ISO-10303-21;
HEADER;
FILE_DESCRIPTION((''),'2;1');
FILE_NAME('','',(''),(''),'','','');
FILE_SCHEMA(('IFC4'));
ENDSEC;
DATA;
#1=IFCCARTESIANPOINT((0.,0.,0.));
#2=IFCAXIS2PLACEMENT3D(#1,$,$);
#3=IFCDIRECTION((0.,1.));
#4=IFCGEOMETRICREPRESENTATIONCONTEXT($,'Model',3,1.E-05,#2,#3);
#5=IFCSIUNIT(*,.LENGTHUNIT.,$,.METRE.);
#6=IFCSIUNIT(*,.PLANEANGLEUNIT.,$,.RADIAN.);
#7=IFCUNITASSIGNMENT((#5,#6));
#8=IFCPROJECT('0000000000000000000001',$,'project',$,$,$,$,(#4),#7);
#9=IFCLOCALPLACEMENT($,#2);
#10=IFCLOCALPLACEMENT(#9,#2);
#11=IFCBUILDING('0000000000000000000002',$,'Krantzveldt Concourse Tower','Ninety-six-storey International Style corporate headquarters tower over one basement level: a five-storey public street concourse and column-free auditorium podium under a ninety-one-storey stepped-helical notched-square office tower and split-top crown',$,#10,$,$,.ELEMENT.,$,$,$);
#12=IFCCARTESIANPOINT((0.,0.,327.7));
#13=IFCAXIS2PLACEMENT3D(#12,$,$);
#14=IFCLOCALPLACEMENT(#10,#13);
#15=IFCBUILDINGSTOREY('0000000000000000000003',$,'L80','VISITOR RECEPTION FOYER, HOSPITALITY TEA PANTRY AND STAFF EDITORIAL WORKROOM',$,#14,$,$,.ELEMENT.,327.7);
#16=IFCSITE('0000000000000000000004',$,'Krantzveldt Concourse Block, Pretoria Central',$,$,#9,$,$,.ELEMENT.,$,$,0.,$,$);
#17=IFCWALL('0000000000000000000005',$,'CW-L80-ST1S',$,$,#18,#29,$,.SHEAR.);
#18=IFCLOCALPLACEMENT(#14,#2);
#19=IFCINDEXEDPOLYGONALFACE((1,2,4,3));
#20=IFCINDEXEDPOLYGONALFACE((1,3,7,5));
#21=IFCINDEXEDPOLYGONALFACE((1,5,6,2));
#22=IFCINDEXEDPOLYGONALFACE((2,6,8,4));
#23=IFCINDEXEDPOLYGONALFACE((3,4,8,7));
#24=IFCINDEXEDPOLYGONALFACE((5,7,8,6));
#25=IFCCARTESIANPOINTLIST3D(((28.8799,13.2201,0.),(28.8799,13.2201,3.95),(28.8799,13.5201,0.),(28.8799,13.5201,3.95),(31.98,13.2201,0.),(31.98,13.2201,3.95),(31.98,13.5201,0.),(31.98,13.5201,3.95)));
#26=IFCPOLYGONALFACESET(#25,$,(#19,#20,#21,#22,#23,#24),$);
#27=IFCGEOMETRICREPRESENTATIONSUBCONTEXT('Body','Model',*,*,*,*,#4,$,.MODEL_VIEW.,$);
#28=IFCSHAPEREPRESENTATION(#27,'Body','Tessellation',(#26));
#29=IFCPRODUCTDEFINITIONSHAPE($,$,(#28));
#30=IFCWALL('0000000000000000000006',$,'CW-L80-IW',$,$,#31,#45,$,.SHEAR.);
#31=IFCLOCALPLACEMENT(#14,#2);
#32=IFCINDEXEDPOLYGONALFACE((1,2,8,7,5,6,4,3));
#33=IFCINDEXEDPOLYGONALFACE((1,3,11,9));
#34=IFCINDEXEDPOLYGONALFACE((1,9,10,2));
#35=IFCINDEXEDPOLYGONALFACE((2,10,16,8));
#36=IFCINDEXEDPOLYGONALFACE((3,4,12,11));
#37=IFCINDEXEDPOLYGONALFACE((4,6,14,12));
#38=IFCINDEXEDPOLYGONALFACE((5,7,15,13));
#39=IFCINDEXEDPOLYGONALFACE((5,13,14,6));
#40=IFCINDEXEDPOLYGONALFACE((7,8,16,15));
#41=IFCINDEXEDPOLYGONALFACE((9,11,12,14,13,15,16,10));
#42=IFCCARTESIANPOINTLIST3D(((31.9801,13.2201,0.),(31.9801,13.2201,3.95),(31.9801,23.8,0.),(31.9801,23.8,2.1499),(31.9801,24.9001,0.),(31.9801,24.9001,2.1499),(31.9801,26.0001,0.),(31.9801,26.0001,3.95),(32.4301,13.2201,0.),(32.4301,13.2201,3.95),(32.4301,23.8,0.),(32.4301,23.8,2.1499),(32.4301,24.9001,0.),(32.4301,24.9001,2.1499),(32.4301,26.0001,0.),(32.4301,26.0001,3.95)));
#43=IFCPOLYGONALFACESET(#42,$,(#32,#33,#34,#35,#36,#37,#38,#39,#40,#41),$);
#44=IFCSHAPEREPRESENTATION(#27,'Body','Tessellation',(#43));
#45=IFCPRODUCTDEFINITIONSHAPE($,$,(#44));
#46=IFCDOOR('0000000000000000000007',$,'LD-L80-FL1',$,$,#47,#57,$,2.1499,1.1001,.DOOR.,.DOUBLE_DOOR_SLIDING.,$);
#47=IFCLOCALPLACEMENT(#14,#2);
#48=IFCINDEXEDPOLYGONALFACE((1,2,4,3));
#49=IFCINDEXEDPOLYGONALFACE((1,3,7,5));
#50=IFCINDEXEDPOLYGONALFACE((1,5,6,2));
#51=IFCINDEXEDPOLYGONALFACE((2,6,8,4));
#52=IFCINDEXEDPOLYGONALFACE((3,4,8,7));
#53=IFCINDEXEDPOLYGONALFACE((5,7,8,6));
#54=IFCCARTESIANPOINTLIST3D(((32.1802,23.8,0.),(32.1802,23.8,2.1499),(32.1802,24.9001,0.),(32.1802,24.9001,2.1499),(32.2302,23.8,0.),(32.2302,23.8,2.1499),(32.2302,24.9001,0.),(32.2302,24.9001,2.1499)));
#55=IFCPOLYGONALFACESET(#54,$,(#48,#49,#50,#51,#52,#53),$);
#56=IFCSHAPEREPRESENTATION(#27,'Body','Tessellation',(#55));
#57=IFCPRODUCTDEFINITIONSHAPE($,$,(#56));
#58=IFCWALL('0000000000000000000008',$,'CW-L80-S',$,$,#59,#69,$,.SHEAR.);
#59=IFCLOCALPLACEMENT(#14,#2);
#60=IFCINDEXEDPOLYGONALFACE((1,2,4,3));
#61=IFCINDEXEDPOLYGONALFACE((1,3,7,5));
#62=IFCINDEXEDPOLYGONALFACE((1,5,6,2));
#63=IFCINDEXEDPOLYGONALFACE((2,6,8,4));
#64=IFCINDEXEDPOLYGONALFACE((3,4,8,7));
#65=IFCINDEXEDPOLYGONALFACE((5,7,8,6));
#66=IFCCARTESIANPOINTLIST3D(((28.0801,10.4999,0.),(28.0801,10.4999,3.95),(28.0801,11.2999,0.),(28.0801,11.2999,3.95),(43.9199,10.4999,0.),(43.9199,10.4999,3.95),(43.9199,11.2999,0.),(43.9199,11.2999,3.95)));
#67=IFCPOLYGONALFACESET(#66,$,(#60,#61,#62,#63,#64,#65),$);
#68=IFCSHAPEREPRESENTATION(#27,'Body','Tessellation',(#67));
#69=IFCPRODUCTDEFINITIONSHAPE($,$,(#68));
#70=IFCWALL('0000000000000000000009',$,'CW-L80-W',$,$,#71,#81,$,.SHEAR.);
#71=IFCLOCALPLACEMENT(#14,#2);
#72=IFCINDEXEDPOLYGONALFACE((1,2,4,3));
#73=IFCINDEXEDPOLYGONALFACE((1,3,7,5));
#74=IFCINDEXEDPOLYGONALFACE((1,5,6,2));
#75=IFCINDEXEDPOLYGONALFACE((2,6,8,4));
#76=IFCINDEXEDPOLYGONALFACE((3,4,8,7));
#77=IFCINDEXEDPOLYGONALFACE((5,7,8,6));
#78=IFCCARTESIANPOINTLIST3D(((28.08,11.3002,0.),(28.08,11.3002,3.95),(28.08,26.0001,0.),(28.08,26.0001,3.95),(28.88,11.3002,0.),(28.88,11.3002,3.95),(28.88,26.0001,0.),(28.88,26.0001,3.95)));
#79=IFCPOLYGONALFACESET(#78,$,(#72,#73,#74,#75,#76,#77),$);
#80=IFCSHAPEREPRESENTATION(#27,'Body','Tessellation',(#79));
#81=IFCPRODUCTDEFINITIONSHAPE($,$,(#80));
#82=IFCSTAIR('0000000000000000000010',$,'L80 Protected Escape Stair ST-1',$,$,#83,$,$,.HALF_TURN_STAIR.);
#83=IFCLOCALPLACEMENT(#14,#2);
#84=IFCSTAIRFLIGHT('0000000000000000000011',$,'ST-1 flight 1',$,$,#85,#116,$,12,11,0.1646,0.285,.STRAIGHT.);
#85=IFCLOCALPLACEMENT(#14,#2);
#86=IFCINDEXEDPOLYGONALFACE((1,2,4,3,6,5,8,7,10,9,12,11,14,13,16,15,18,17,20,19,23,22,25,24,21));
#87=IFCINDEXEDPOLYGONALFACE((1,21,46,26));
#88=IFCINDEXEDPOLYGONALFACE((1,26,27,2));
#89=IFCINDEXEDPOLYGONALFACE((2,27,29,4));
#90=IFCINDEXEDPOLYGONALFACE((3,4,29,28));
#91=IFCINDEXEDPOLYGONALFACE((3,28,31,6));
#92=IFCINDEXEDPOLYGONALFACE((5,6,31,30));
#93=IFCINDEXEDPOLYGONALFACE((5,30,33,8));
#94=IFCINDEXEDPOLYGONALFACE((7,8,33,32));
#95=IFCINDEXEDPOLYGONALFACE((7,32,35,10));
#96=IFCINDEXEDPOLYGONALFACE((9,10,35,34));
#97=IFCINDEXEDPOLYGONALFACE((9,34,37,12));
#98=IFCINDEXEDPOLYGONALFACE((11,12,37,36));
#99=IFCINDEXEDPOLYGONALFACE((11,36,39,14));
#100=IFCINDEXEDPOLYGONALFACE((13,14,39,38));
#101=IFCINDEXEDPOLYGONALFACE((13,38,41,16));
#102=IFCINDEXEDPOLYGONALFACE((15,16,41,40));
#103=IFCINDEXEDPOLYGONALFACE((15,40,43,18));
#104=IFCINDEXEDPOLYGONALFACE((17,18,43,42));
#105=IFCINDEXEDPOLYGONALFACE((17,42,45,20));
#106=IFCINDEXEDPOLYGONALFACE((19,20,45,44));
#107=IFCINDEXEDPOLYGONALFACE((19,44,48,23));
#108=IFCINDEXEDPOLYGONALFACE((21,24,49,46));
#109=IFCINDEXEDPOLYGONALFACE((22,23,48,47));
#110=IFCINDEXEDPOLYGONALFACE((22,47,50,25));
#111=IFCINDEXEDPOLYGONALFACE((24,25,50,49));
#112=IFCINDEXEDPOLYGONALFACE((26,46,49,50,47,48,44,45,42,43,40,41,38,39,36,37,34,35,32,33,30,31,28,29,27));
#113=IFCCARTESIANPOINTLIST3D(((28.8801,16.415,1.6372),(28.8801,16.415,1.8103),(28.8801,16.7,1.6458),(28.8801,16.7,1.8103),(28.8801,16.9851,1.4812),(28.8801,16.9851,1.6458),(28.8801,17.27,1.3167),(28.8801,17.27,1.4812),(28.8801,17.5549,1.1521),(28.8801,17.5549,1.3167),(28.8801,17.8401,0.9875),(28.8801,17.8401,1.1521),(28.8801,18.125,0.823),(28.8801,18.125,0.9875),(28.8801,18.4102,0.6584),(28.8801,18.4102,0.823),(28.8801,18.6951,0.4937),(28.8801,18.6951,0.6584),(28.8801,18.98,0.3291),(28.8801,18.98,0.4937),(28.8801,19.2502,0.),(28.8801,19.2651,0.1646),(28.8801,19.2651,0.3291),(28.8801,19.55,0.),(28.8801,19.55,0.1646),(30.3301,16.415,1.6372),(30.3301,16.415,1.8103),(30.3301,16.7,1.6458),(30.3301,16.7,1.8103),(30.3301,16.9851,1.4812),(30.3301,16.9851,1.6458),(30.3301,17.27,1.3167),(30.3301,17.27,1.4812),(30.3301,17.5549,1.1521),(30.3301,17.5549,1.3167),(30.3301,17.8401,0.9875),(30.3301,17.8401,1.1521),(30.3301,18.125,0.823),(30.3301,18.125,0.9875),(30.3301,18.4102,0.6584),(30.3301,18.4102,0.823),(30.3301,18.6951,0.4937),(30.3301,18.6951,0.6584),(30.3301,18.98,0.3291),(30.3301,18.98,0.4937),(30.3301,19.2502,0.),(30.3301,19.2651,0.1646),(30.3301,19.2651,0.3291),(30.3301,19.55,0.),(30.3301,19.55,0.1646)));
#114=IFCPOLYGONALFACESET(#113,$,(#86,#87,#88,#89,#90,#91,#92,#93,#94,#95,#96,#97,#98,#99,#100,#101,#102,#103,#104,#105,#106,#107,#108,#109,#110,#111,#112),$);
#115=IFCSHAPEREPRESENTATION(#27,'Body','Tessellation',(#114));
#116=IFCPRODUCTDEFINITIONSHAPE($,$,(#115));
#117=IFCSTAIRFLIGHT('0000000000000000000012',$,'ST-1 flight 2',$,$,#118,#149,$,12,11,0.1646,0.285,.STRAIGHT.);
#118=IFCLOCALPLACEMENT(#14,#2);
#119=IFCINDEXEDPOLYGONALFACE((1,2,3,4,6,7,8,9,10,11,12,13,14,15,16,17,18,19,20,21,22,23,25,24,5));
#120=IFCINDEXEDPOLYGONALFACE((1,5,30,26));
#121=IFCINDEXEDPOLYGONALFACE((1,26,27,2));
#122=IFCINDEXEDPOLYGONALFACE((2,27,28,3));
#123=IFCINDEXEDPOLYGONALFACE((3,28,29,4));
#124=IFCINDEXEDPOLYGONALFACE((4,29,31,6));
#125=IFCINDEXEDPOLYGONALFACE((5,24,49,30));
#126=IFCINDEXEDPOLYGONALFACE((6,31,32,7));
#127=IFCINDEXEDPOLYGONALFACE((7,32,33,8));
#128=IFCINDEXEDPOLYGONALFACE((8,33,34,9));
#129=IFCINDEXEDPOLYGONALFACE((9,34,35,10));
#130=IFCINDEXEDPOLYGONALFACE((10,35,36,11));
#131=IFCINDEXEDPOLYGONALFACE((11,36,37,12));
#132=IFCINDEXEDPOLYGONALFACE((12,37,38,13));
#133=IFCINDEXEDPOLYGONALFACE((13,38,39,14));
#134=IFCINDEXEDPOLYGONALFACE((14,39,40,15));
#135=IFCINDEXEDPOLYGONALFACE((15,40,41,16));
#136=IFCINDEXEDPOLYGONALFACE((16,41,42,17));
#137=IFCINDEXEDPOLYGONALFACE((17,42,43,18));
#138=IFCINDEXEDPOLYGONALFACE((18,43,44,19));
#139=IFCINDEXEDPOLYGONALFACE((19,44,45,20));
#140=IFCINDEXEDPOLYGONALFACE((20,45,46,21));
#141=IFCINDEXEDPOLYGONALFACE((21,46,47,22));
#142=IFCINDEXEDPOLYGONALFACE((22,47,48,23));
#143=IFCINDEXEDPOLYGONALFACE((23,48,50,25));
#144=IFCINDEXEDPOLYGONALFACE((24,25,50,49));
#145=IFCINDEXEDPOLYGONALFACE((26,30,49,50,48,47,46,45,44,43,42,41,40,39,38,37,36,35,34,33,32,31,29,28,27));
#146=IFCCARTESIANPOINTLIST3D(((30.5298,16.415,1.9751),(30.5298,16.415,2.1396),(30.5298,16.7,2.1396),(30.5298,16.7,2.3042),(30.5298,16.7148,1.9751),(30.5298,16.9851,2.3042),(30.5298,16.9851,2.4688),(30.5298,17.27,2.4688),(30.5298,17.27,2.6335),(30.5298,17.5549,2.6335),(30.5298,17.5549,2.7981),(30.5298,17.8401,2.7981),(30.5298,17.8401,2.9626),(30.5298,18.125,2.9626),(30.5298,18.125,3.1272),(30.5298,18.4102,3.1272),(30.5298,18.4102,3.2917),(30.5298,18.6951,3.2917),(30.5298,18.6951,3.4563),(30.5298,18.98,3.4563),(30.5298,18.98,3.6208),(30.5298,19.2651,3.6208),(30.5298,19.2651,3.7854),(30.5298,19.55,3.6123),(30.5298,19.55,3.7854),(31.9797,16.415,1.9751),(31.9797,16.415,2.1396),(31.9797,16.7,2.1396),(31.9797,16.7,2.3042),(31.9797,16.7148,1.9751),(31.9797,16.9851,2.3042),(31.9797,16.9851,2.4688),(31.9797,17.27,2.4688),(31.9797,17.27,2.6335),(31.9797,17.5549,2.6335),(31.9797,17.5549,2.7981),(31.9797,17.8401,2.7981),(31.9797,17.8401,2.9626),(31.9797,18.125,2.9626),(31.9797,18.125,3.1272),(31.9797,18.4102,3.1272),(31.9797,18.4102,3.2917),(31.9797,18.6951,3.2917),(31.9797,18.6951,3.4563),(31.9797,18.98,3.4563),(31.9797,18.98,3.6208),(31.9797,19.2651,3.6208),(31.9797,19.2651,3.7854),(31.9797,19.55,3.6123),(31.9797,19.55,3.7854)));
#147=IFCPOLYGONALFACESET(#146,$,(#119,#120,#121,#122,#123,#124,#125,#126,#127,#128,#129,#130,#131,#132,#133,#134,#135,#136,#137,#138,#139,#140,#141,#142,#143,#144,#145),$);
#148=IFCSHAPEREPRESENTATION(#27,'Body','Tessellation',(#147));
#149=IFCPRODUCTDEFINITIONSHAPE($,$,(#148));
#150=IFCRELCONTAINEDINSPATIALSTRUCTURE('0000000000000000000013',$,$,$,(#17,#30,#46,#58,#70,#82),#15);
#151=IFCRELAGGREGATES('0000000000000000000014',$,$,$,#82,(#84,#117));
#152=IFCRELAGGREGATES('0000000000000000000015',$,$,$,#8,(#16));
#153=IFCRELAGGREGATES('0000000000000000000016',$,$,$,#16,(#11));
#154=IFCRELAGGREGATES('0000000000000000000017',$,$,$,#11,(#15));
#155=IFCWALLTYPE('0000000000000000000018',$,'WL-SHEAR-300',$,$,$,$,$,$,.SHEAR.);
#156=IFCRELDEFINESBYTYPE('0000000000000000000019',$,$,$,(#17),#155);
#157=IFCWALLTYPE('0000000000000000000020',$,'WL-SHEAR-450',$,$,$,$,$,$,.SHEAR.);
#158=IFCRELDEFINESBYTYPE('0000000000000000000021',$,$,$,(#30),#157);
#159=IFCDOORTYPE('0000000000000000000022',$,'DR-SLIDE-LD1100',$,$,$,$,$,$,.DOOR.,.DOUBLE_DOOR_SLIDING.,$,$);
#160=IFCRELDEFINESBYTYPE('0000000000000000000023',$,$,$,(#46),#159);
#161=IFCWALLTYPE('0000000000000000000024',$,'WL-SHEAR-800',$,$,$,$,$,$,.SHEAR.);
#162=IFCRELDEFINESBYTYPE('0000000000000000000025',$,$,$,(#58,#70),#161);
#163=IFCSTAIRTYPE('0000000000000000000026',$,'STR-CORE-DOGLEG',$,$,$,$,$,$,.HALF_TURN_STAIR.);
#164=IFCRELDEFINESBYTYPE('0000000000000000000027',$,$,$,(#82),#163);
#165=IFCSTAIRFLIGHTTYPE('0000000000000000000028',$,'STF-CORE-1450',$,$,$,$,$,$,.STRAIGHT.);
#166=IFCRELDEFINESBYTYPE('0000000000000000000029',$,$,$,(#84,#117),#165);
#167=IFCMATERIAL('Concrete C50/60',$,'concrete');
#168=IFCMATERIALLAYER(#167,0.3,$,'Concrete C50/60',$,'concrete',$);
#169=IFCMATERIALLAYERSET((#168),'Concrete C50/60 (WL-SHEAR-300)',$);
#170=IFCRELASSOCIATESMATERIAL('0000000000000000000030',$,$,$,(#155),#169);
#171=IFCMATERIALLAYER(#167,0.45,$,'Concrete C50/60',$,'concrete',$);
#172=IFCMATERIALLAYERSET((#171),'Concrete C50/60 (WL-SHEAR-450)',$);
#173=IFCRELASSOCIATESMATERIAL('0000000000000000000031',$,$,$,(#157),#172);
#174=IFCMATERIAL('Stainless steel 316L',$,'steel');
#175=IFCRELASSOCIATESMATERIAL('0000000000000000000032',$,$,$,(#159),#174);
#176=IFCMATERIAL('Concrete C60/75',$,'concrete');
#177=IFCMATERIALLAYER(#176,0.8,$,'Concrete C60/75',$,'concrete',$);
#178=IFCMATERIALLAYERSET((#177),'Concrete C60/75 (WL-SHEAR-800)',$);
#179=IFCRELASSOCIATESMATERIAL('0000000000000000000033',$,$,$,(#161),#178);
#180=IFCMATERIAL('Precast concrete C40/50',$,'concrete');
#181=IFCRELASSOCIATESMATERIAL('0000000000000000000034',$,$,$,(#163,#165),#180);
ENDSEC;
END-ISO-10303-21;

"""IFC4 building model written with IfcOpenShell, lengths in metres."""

from ifc_helpers import new_model, si_unit, direction, frame, frame_2d, origin, place, context, subcontext, project, spatial, polyline, rectangle, outline, extrude, material, layer, layer_set, type_object, element, fill, aggregate, save


model = new_model("IFC4")

# Units and contexts
model_context = context("Model", 3, precision=1e-05, world=origin(), true_north=direction((0.0, 1.0)))
body_context = subcontext(model_context, "Body", "Model", "MODEL_VIEW")
ifc_project = project(units=[si_unit("LENGTHUNIT", "METRE"), si_unit("PLANEANGLEUNIT", "RADIAN")], contexts=[model_context])

# Site, building, storey
site_placement = place(None, origin())
site = spatial("IfcSite", under=ifc_project, at=site_placement, Name="Krantzveldt Concourse Block, Pretoria Central", CompositionType="ELEMENT", RefElevation=0.0)
building_placement = place(site_placement, origin())
building = spatial("IfcBuilding", under=site, at=building_placement, Name="Krantzveldt Concourse Tower", Description="Ninety-six-storey International Style corporate headquarters tower over one basement level: a five-storey public street concourse and column-free auditorium podium under a ninety-one-storey stepped-helical notched-square office tower and split-top crown", CompositionType="ELEMENT")
storey_placement = place(building_placement, frame((0.0, 0.0, 327.7)))
storey = spatial("IfcBuildingStorey", under=building, at=storey_placement, Name="L80", Description="VISITOR RECEPTION FOYER, HOSPITALITY TEA PANTRY AND STAFF EDITORIAL WORKROOM", CompositionType="ELEMENT", Elevation=327.7)

# Shared definitions
ifc_material_1 = material(Name="Concrete C50/60", Category="concrete")

# Wall
ifc_layer_1 = layer(ifc_material_1, 0.3, Name="Concrete C50/60", Category="concrete")
ifc_layer_set_1 = layer_set([ifc_layer_1], Name="Concrete C50/60 (WL-SHEAR-300)")
wall_type_1 = type_object("IfcWallType", Name="WL-SHEAR-300", PredefinedType="SHEAR", material=ifc_layer_set_1)
wall_1_placement = place(storey_placement, frame((28.8799, 13.3701, 0.0), z_axis=(0.0, 0.0, 1.0), x_axis=(1.0, 0.0, 0.0)))
element("IfcWall", 1, at=wall_1_placement, inside=storey, type_object=wall_type_1, Name="CW-L80-ST1S", PredefinedType="SHEAR", context=body_context, shape_type="SweptSolid", body=[
    extrude(rectangle(XDim=3.1001, YDim=0.3, at=frame_2d((1.55, 0.0))), origin(), (0.0, 0.0, 1.0), 3.95),
])

# Wall, opening, door
ifc_layer_2 = layer(ifc_material_1, 0.45, Name="Concrete C50/60", Category="concrete")
ifc_layer_set_2 = layer_set([ifc_layer_2], Name="Concrete C50/60 (WL-SHEAR-450)")
wall_type_2 = type_object("IfcWallType", Name="WL-SHEAR-450", PredefinedType="SHEAR", material=ifc_layer_set_2)
wall_2_placement = place(storey_placement, frame((32.2051, 13.22, 0.0), z_axis=(0.0, 0.0, 1.0), x_axis=(0.0, 1.0, 0.0)))
wall_2 = element("IfcWall", 2, at=wall_2_placement, inside=storey, type_object=wall_type_2, Name="CW-L80-IW", PredefinedType="SHEAR", context=body_context, shape_type="SweptSolid", body=[
    extrude(rectangle(XDim=12.78, YDim=0.45, at=frame_2d((6.3901, 0.0))), origin(), (0.0, 0.0, 1.0), 3.95),
])
opening_1_placement = place(wall_2_placement, frame((10.5801, 0.0, 0.0)))
opening_1 = element("IfcOpeningElement", 3, at=opening_1_placement, cuts=wall_2, PredefinedType="OPENING", context=body_context, shape_type="SweptSolid", body=[
    extrude(rectangle(XDim=1.1001, YDim=2.1499, at=frame_2d((0.55, 1.075))), frame((0.0, 0.2349, 0.0), z_axis=(0.0, -1.0, 0.0), x_axis=(1.0, 0.0, 0.0)), (0.0, 0.0, 1.0), 0.47),
])
ifc_material_2 = material(Name="Stainless steel 316L", Category="steel")
door_type_1 = type_object("IfcDoorType", Name="DR-SLIDE-LD1100", OperationType="DOUBLE_DOOR_SLIDING", PredefinedType="DOOR", material=ifc_material_2)
door_1_placement = place(opening_1_placement, origin())
door_1 = element("IfcDoor", 4, at=door_1_placement, inside=storey, type_object=door_type_1, Name="LD-L80-FL1", OperationType="DOUBLE_DOOR_SLIDING", OverallHeight=2.1499, OverallWidth=1.1001, PredefinedType="DOOR", context=body_context, shape_type="SweptSolid", body=[
    extrude(rectangle(XDim=1.1001, YDim=2.1499, at=frame_2d((0.55, 1.075))), frame((0.0, 0.0249, 0.0), z_axis=(0.0, -1.0, 0.0), x_axis=(1.0, 0.0, 0.0)), (0.0, 0.0, 1.0), 0.05),
])
fill(opening_1, door_1)

# Walls
ifc_material_3 = material(Name="Concrete C60/75", Category="concrete")
ifc_layer_3 = layer(ifc_material_3, 0.8, Name="Concrete C60/75", Category="concrete")
ifc_layer_set_3 = layer_set([ifc_layer_3], Name="Concrete C60/75 (WL-SHEAR-800)")
wall_type_3 = type_object("IfcWallType", Name="WL-SHEAR-800", PredefinedType="SHEAR", material=ifc_layer_set_3)
wall_3_placement = place(storey_placement, frame((28.0801, 10.8999, 0.0), z_axis=(0.0, 0.0, 1.0), x_axis=(1.0, 0.0, 0.0)))
element("IfcWall", 5, at=wall_3_placement, inside=storey, type_object=wall_type_3, Name="CW-L80-S", PredefinedType="SHEAR", context=body_context, shape_type="SweptSolid", body=[
    extrude(rectangle(XDim=15.8398, YDim=0.8, at=frame_2d((7.9199, 0.0))), origin(), (0.0, 0.0, 1.0), 3.95),
])
wall_4_placement = place(storey_placement, frame((28.48, 11.3, 0.0), z_axis=(0.0, 0.0, 1.0), x_axis=(0.0, 1.0, 0.0)))
element("IfcWall", 6, at=wall_4_placement, inside=storey, type_object=wall_type_3, Name="CW-L80-W", PredefinedType="SHEAR", context=body_context, shape_type="SweptSolid", body=[
    extrude(rectangle(XDim=14.7, YDim=0.8, at=frame_2d((7.3501, 0.0))), origin(), (0.0, 0.0, 1.0), 3.95),
])

# Stair, stair flights
ifc_material_4 = material(Name="Precast concrete C40/50", Category="concrete")
stair_type = type_object("IfcStairType", Name="STR-CORE-DOGLEG", PredefinedType="HALF_TURN_STAIR", material=ifc_material_4)
stair_placement = place(storey_placement, origin())
stair = element("IfcStair", 7, at=stair_placement, inside=storey, type_object=stair_type, Name="L80 Protected Escape Stair ST-1", PredefinedType="HALF_TURN_STAIR")
stair_flight_type = type_object("IfcStairFlightType", Name="STF-CORE-1450", PredefinedType="STRAIGHT", material=ifc_material_4)
stair_flight_1_placement = place(storey_placement, frame((29.605, 19.55, 0.0), z_axis=(0.0, 0.0, 1.0), x_axis=(0.0, -1.0, 0.0)))
stair_flight_1 = element("IfcStairFlight", 8, at=stair_flight_1_placement, type_object=stair_flight_type, Name="ST-1 flight 1", NumberOfRisers=12, NumberOfTreads=11, PredefinedType="STRAIGHT", RiserHeight=0.1646, TreadLength=0.285, context=body_context, shape_type="SweptSolid", body=[
    extrude(outline(polyline([(0.0, 0.0), (0.0, 0.1646), (0.2849, 0.1646), (0.2849, 0.3291), (0.5701, 0.3291), (0.5701, 0.4937), (0.855, 0.4937), (0.855, 0.6584), (1.1399, 0.6584), (1.1399, 0.823), (1.425, 0.823), (1.425, 0.9875), (1.71, 0.9875), (1.71, 1.1521), (1.9951, 1.1521), (1.9951, 1.3167), (2.28, 1.3167), (2.28, 1.4812), (2.5649, 1.4812), (2.5649, 1.6458), (2.8501, 1.6458), (2.8501, 1.8103), (3.135, 1.8103), (3.135, 1.9751), (3.135, 1.6372), (0.2998, 0.0), (0.0, 0.0)])), frame((0.0, 0.7251, 0.0), z_axis=(0.0, -1.0, 0.0), x_axis=(1.0, 0.0, 0.0)), (0.0, 0.0, 1.0), 1.45),
])
stair_flight_2_placement = place(storey_placement, frame((31.2549, 16.415, 1.9751), z_axis=(0.0, 0.0, 1.0), x_axis=(0.0, 1.0, 0.0)))
stair_flight_2 = element("IfcStairFlight", 9, at=stair_flight_2_placement, type_object=stair_flight_type, Name="ST-1 flight 2", NumberOfRisers=12, NumberOfTreads=11, PredefinedType="STRAIGHT", RiserHeight=0.1646, TreadLength=0.285, context=body_context, shape_type="SweptSolid", body=[
    extrude(outline(polyline([(0.0, 0.0), (0.0, 0.1646), (0.2849, 0.1646), (0.2849, 0.3291), (0.5701, 0.3291), (0.5701, 0.4937), (0.855, 0.4937), (0.855, 0.6584), (1.1399, 0.6584), (1.1399, 0.823), (1.425, 0.823), (1.425, 0.9875), (1.71, 0.9875), (1.71, 1.1521), (1.9951, 1.1521), (1.9951, 1.3167), (2.28, 1.3167), (2.28, 1.4812), (2.5649, 1.4812), (2.5649, 1.6458), (2.8501, 1.6458), (2.8501, 1.8103), (3.135, 1.8103), (3.135, 1.9751), (3.135, 1.6372), (0.2998, 0.0), (0.0, 0.0)])), frame((0.0, 0.7251, 0.0), z_axis=(0.0, -1.0, 0.0), x_axis=(1.0, 0.0, 0.0)), (0.0, 0.0, 1.0), 1.45),
])
aggregate(stair, [stair_flight_1, stair_flight_2])

save(model, "model.ifc")
